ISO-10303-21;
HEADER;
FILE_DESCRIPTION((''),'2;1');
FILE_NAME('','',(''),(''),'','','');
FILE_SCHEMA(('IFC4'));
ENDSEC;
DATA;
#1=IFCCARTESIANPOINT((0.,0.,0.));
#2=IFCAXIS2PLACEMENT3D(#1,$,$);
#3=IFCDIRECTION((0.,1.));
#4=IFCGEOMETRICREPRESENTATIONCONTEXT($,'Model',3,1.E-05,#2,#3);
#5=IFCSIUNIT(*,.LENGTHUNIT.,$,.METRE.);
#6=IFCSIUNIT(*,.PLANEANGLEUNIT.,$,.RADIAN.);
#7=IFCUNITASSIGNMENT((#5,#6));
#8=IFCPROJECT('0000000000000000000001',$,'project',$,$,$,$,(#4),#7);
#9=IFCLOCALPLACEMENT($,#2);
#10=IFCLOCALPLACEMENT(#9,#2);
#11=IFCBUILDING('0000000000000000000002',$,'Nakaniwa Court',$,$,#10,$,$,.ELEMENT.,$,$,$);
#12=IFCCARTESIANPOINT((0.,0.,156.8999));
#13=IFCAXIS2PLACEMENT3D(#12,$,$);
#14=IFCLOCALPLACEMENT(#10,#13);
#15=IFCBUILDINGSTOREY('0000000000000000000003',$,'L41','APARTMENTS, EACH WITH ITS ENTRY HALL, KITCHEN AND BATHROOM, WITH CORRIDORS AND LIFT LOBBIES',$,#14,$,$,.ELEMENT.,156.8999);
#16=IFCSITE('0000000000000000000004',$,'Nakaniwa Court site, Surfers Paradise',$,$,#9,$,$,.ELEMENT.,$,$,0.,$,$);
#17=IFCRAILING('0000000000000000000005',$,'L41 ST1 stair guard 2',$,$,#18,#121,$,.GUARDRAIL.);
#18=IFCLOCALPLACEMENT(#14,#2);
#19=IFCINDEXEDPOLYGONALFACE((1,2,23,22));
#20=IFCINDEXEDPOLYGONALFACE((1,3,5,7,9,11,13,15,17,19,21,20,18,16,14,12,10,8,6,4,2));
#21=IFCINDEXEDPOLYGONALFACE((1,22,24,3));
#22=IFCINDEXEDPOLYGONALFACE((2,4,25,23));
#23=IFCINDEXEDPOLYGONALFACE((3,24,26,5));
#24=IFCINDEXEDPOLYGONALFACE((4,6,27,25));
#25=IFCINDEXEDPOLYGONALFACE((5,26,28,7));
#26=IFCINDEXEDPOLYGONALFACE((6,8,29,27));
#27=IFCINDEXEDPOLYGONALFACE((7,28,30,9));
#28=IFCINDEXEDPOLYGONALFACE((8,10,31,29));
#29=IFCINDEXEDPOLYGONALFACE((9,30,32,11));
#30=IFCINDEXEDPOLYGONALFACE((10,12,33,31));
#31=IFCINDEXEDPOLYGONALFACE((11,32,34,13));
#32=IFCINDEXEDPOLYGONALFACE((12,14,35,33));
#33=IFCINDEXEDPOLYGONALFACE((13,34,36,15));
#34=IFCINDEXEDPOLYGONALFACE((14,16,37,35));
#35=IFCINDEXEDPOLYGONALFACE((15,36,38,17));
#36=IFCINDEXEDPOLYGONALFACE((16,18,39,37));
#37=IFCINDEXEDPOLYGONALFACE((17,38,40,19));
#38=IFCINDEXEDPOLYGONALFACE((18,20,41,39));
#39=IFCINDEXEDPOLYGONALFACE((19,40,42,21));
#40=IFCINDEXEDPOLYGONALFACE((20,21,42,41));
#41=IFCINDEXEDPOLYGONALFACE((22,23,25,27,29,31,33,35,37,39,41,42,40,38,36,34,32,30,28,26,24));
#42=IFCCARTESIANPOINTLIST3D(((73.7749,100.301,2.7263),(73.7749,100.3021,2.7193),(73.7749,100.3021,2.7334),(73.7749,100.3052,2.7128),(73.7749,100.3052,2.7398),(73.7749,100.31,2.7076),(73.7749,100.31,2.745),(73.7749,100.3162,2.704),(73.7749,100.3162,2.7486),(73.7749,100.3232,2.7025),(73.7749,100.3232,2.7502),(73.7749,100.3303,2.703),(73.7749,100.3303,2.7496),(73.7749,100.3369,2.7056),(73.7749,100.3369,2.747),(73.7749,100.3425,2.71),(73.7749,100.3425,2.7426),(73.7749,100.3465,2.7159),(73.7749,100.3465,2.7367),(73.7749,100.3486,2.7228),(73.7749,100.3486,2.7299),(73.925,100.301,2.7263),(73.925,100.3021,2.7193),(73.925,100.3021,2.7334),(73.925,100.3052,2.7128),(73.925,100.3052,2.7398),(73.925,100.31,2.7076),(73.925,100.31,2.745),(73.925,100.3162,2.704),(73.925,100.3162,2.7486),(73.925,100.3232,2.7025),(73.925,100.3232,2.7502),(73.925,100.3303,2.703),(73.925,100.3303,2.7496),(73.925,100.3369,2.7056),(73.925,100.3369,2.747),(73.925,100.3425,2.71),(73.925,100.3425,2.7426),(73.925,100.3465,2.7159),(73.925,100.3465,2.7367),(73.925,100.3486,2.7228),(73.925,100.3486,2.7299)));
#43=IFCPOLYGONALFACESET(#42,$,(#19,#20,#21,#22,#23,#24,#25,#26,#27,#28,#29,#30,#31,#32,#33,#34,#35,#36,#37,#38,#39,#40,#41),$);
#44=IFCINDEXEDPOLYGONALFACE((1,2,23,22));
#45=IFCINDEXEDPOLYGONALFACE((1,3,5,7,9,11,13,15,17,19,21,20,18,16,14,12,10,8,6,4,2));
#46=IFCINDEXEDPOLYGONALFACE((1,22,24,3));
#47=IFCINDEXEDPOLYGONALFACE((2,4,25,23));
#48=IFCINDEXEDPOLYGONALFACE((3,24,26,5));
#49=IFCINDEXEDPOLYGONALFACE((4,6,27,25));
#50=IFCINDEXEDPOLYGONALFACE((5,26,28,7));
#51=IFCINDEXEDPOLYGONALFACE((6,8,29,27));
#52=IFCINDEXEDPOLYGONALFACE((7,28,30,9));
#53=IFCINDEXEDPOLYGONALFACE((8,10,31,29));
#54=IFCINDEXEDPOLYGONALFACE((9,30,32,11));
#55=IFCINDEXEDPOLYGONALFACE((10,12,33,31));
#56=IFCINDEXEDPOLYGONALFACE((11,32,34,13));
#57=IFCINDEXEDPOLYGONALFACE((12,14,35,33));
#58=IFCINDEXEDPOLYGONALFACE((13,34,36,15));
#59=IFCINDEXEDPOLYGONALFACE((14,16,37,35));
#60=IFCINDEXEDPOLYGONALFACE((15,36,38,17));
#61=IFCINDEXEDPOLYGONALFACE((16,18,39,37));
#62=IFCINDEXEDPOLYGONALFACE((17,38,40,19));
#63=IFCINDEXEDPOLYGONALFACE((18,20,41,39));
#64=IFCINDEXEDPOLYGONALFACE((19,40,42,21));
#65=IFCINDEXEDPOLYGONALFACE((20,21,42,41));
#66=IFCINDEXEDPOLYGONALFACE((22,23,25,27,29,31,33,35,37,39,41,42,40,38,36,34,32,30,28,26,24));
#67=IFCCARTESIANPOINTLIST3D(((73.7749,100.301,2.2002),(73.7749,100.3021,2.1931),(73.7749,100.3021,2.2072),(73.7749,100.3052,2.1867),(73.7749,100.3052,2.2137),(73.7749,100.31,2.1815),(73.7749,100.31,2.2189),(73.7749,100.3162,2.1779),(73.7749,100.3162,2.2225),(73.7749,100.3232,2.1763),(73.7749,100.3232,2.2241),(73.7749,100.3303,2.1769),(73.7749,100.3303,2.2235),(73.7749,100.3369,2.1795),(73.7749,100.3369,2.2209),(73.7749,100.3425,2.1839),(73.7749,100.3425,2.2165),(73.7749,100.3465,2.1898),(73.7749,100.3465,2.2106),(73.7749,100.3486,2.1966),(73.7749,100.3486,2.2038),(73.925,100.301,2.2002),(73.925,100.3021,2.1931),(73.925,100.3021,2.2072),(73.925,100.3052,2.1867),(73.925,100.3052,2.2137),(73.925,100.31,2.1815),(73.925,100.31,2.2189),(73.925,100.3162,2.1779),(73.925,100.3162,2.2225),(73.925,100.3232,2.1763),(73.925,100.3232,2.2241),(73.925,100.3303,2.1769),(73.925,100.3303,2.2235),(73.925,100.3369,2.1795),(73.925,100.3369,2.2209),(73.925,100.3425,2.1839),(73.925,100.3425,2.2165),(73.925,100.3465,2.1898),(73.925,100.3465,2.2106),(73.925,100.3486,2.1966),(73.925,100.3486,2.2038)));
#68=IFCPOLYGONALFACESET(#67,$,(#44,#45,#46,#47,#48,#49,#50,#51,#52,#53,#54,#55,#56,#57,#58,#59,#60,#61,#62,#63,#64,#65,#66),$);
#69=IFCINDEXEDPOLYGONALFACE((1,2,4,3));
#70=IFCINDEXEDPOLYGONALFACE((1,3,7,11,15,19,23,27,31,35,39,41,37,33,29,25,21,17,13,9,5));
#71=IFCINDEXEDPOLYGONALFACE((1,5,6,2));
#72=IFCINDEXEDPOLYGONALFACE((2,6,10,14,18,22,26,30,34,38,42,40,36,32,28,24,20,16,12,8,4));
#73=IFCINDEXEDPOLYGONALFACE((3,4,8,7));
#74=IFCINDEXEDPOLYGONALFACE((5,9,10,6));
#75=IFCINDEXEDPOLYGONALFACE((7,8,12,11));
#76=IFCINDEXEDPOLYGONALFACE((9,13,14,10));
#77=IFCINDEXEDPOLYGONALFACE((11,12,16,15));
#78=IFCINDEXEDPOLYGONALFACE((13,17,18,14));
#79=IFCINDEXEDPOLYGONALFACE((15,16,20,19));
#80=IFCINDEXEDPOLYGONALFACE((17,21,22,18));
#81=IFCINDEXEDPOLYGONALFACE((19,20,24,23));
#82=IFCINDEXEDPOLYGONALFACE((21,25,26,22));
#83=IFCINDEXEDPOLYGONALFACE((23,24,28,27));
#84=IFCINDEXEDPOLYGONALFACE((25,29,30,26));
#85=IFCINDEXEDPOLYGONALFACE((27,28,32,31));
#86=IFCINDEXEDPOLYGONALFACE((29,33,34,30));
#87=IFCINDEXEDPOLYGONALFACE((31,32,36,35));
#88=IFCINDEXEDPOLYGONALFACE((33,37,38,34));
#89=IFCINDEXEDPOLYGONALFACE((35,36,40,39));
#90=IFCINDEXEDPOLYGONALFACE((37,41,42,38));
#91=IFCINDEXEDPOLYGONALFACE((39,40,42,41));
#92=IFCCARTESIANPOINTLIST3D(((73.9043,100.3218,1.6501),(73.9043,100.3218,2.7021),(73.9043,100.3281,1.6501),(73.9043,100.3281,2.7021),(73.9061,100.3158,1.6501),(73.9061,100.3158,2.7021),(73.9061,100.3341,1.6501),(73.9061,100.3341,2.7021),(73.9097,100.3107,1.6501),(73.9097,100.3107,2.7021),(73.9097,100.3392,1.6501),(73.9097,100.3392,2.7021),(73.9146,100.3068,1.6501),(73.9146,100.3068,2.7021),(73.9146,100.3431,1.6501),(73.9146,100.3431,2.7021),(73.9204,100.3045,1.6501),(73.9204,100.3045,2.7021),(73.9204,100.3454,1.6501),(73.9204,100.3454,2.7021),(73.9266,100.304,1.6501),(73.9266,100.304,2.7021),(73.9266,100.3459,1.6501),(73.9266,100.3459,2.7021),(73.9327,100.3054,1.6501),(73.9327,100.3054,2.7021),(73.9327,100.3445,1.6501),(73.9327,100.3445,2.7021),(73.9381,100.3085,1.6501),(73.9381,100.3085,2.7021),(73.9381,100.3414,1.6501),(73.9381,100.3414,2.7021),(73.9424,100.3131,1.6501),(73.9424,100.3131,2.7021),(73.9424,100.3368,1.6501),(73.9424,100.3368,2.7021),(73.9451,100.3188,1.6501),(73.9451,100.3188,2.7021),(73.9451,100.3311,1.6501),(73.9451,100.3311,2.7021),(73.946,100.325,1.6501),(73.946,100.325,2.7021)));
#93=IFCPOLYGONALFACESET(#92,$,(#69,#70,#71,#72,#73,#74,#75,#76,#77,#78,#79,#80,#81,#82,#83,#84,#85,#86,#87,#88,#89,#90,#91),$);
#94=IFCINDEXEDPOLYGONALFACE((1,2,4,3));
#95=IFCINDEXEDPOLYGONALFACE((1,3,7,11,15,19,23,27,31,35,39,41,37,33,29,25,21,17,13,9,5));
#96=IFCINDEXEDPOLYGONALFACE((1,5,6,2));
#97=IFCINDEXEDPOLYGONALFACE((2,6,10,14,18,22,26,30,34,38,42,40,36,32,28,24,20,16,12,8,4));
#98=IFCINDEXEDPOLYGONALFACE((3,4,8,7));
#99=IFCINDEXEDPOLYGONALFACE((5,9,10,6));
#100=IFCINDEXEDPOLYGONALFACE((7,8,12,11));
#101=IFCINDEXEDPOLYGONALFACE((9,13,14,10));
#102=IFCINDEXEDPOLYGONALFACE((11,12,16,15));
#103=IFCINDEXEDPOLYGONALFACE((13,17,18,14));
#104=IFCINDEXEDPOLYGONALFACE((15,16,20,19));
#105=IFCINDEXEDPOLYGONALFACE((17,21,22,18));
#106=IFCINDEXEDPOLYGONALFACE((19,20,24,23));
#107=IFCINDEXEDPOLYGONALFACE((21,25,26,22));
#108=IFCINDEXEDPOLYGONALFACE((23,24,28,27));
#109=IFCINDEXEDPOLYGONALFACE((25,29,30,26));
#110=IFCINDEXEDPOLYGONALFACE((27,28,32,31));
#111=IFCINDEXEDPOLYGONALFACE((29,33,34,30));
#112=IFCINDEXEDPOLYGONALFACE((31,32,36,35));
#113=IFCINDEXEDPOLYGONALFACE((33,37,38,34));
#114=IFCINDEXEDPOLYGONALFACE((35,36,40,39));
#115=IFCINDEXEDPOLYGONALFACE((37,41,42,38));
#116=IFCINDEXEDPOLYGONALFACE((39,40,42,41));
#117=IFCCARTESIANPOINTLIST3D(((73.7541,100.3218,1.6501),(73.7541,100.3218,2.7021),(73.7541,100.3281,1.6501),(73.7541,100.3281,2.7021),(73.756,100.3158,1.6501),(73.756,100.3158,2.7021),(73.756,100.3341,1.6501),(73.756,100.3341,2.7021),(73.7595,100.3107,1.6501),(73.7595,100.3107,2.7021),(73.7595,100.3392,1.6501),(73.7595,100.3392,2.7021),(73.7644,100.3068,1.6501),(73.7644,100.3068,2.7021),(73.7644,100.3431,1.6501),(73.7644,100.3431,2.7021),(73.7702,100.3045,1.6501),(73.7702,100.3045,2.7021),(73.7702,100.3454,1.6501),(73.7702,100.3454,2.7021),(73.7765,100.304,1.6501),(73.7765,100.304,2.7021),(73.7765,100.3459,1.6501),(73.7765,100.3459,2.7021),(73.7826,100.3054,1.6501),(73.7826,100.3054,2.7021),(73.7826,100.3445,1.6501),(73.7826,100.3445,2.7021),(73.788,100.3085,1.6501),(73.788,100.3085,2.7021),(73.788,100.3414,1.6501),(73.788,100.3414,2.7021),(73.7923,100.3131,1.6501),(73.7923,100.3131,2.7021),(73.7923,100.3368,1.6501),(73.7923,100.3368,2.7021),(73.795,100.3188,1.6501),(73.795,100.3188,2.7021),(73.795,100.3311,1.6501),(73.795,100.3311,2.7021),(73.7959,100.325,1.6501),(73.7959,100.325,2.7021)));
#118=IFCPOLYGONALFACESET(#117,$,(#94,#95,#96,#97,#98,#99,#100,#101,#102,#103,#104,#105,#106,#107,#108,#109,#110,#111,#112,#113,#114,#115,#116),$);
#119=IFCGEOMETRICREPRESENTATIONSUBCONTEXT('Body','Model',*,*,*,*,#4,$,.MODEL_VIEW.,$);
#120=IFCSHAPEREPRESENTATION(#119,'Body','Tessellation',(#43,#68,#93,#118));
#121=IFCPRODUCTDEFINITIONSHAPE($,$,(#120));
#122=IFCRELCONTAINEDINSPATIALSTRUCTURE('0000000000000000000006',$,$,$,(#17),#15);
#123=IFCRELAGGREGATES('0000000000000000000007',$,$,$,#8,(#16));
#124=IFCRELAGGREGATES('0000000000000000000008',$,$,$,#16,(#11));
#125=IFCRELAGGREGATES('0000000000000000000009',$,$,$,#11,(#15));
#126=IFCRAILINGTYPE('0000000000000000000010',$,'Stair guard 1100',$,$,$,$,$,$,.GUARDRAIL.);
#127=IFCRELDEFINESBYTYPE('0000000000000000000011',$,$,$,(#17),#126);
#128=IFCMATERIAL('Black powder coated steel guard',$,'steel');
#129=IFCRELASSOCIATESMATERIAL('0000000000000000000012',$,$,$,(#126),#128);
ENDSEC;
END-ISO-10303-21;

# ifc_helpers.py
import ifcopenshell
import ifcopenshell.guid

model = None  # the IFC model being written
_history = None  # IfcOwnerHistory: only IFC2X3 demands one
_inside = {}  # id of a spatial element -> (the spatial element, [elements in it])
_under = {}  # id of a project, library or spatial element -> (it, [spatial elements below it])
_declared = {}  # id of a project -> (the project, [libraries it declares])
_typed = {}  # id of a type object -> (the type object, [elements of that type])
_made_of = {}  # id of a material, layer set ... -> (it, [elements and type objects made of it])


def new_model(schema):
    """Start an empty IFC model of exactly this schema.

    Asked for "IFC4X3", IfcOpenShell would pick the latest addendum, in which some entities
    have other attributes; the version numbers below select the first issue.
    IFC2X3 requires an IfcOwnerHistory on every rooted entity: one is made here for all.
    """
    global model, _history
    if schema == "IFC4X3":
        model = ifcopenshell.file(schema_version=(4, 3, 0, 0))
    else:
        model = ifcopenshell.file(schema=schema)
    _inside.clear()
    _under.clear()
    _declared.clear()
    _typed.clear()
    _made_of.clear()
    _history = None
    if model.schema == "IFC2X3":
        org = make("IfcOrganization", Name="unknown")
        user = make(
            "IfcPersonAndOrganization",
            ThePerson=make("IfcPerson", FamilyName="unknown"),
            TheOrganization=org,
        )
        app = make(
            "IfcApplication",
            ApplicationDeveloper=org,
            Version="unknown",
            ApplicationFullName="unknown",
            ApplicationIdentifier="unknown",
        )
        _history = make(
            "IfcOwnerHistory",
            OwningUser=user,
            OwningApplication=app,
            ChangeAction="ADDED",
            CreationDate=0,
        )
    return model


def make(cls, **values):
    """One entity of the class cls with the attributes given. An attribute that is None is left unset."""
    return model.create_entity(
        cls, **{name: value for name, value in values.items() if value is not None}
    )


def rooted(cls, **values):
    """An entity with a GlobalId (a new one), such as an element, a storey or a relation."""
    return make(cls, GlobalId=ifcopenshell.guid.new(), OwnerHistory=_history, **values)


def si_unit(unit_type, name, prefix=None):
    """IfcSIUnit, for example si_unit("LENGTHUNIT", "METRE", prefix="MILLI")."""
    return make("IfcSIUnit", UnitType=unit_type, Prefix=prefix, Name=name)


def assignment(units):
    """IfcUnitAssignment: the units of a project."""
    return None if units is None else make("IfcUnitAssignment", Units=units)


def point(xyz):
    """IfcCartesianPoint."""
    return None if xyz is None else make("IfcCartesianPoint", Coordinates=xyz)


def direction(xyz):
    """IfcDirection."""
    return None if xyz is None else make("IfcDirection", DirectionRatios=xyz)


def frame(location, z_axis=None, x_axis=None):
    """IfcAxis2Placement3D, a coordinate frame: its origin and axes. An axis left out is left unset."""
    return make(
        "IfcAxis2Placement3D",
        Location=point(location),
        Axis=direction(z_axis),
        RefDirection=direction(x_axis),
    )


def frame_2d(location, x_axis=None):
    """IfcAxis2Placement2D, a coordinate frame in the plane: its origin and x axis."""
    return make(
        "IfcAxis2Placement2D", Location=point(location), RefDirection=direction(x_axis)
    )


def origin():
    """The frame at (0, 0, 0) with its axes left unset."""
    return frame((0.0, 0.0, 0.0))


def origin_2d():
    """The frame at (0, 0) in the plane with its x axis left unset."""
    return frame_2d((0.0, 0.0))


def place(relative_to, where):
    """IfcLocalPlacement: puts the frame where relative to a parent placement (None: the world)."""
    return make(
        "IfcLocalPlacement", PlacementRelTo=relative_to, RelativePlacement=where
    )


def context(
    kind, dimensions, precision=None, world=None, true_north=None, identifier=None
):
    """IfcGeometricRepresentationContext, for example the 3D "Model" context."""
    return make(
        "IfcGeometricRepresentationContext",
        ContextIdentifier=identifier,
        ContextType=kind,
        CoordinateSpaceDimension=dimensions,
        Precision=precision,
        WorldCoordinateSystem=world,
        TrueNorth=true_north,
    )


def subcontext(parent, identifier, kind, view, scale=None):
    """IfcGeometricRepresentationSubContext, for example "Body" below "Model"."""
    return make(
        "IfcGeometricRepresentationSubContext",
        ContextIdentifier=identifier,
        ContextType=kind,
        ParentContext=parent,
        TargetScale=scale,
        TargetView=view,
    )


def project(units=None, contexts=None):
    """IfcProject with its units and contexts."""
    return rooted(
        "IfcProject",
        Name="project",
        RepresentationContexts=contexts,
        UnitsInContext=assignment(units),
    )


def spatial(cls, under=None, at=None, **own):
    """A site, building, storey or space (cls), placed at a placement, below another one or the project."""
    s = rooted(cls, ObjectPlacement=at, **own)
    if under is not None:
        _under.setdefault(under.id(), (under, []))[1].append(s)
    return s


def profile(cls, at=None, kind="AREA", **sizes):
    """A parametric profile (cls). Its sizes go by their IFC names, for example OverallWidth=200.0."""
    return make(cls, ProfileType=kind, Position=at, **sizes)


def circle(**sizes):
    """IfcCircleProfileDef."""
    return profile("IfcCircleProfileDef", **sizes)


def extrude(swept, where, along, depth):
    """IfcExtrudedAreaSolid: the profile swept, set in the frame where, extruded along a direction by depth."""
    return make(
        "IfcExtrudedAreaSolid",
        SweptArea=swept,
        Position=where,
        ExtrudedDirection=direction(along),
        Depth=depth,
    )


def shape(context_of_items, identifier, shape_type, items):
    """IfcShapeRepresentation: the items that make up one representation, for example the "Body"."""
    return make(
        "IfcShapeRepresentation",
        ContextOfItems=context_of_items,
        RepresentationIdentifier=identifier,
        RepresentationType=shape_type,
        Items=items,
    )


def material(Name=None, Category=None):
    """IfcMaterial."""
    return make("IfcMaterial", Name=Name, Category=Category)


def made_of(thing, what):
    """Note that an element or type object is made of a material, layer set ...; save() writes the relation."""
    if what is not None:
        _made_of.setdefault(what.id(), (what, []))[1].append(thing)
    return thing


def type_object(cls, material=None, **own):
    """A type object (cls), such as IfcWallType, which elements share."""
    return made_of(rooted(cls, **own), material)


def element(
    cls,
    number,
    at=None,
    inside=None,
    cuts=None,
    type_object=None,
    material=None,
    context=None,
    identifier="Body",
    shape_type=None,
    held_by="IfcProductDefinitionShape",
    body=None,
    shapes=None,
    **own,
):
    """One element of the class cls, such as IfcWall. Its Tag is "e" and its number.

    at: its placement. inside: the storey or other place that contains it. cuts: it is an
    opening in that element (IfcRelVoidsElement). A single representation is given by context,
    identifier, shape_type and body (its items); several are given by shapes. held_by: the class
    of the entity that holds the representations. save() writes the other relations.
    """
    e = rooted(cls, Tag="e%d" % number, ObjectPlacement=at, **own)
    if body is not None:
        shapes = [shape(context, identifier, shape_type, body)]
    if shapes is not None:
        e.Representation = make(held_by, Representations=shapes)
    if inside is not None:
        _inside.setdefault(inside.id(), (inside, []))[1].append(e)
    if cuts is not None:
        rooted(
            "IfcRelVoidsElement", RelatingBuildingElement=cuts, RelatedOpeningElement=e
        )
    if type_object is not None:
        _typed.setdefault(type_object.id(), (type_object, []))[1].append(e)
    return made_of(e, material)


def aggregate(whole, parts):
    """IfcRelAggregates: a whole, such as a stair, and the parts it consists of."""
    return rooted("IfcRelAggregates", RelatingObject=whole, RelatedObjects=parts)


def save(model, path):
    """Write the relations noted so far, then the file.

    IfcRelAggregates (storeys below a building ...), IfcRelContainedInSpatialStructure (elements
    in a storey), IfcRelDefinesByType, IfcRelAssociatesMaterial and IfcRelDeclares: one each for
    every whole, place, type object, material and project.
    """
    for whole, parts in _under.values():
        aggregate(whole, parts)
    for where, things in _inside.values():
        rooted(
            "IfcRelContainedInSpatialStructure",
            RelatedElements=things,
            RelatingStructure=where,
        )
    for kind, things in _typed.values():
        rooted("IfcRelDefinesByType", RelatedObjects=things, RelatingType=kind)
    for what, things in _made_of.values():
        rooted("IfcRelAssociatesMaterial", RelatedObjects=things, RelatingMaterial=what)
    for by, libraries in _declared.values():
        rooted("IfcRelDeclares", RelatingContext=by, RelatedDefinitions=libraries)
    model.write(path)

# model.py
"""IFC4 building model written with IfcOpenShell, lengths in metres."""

from ifc_helpers import new_model, si_unit, direction, frame, origin, origin_2d, place, context, subcontext, project, spatial, circle, extrude, material, type_object, element, save


model = new_model("IFC4")

# Units and contexts
model_context = context("Model", 3, precision=1e-05, world=origin(), true_north=direction((0.0, 1.0)))
body_context = subcontext(model_context, "Body", "Model", "MODEL_VIEW")
ifc_project = project(units=[si_unit("LENGTHUNIT", "METRE"), si_unit("PLANEANGLEUNIT", "RADIAN")], contexts=[model_context])

# Site, building, storey
site_placement = place(None, origin())
site = spatial("IfcSite", under=ifc_project, at=site_placement, Name="Nakaniwa Court site, Surfers Paradise", CompositionType="ELEMENT", RefElevation=0.0)
building_placement = place(site_placement, origin())
building = spatial("IfcBuilding", under=site, at=building_placement, Name="Nakaniwa Court", CompositionType="ELEMENT")
storey_placement = place(building_placement, frame((0.0, 0.0, 156.8999)))
storey = spatial("IfcBuildingStorey", under=building, at=storey_placement, Name="L41", Description="APARTMENTS, EACH WITH ITS ENTRY HALL, KITCHEN AND BATHROOM, WITH CORRIDORS AND LIFT LOBBIES", CompositionType="ELEMENT", Elevation=156.8999)

# Railing
ifc_material_1 = material(Name="Black powder coated steel guard", Category="steel")
railing_type_1 = type_object("IfcRailingType", Name="Stair guard 1100", PredefinedType="GUARDRAIL", material=ifc_material_1)
railing_1_placement = place(storey_placement, frame((73.925, 100.325, 1.6501)))
element("IfcRailing", 1, at=railing_1_placement, inside=storey, type_object=railing_type_1, Name="L41 ST1 stair guard 2", PredefinedType="GUARDRAIL", context=body_context, shape_type="SweptSolid", body=[
    extrude(circle(Radius=0.0239, at=origin_2d()), frame((0.0, 0.0, 1.0762), z_axis=(-1.0, 0.0, 0.0), x_axis=(0.0, -1.0, 0.0)), (0.0, 0.0, 1.0), 0.1501),
    extrude(circle(Radius=0.0239, at=origin_2d()), frame((0.0, 0.0, 0.55), z_axis=(-1.0, 0.0, 0.0), x_axis=(0.0, -1.0, 0.0)), (0.0, 0.0, 1.0), 0.1501),
    extrude(circle(Radius=0.021, at=origin_2d()), origin(), (0.0, 0.0, 1.0), 1.052),
    extrude(circle(Radius=0.021, at=origin_2d()), frame((-0.1501, 0.0, 0.0)), (0.0, 0.0, 1.0), 1.052),
])

save(model, "model.ifc")
